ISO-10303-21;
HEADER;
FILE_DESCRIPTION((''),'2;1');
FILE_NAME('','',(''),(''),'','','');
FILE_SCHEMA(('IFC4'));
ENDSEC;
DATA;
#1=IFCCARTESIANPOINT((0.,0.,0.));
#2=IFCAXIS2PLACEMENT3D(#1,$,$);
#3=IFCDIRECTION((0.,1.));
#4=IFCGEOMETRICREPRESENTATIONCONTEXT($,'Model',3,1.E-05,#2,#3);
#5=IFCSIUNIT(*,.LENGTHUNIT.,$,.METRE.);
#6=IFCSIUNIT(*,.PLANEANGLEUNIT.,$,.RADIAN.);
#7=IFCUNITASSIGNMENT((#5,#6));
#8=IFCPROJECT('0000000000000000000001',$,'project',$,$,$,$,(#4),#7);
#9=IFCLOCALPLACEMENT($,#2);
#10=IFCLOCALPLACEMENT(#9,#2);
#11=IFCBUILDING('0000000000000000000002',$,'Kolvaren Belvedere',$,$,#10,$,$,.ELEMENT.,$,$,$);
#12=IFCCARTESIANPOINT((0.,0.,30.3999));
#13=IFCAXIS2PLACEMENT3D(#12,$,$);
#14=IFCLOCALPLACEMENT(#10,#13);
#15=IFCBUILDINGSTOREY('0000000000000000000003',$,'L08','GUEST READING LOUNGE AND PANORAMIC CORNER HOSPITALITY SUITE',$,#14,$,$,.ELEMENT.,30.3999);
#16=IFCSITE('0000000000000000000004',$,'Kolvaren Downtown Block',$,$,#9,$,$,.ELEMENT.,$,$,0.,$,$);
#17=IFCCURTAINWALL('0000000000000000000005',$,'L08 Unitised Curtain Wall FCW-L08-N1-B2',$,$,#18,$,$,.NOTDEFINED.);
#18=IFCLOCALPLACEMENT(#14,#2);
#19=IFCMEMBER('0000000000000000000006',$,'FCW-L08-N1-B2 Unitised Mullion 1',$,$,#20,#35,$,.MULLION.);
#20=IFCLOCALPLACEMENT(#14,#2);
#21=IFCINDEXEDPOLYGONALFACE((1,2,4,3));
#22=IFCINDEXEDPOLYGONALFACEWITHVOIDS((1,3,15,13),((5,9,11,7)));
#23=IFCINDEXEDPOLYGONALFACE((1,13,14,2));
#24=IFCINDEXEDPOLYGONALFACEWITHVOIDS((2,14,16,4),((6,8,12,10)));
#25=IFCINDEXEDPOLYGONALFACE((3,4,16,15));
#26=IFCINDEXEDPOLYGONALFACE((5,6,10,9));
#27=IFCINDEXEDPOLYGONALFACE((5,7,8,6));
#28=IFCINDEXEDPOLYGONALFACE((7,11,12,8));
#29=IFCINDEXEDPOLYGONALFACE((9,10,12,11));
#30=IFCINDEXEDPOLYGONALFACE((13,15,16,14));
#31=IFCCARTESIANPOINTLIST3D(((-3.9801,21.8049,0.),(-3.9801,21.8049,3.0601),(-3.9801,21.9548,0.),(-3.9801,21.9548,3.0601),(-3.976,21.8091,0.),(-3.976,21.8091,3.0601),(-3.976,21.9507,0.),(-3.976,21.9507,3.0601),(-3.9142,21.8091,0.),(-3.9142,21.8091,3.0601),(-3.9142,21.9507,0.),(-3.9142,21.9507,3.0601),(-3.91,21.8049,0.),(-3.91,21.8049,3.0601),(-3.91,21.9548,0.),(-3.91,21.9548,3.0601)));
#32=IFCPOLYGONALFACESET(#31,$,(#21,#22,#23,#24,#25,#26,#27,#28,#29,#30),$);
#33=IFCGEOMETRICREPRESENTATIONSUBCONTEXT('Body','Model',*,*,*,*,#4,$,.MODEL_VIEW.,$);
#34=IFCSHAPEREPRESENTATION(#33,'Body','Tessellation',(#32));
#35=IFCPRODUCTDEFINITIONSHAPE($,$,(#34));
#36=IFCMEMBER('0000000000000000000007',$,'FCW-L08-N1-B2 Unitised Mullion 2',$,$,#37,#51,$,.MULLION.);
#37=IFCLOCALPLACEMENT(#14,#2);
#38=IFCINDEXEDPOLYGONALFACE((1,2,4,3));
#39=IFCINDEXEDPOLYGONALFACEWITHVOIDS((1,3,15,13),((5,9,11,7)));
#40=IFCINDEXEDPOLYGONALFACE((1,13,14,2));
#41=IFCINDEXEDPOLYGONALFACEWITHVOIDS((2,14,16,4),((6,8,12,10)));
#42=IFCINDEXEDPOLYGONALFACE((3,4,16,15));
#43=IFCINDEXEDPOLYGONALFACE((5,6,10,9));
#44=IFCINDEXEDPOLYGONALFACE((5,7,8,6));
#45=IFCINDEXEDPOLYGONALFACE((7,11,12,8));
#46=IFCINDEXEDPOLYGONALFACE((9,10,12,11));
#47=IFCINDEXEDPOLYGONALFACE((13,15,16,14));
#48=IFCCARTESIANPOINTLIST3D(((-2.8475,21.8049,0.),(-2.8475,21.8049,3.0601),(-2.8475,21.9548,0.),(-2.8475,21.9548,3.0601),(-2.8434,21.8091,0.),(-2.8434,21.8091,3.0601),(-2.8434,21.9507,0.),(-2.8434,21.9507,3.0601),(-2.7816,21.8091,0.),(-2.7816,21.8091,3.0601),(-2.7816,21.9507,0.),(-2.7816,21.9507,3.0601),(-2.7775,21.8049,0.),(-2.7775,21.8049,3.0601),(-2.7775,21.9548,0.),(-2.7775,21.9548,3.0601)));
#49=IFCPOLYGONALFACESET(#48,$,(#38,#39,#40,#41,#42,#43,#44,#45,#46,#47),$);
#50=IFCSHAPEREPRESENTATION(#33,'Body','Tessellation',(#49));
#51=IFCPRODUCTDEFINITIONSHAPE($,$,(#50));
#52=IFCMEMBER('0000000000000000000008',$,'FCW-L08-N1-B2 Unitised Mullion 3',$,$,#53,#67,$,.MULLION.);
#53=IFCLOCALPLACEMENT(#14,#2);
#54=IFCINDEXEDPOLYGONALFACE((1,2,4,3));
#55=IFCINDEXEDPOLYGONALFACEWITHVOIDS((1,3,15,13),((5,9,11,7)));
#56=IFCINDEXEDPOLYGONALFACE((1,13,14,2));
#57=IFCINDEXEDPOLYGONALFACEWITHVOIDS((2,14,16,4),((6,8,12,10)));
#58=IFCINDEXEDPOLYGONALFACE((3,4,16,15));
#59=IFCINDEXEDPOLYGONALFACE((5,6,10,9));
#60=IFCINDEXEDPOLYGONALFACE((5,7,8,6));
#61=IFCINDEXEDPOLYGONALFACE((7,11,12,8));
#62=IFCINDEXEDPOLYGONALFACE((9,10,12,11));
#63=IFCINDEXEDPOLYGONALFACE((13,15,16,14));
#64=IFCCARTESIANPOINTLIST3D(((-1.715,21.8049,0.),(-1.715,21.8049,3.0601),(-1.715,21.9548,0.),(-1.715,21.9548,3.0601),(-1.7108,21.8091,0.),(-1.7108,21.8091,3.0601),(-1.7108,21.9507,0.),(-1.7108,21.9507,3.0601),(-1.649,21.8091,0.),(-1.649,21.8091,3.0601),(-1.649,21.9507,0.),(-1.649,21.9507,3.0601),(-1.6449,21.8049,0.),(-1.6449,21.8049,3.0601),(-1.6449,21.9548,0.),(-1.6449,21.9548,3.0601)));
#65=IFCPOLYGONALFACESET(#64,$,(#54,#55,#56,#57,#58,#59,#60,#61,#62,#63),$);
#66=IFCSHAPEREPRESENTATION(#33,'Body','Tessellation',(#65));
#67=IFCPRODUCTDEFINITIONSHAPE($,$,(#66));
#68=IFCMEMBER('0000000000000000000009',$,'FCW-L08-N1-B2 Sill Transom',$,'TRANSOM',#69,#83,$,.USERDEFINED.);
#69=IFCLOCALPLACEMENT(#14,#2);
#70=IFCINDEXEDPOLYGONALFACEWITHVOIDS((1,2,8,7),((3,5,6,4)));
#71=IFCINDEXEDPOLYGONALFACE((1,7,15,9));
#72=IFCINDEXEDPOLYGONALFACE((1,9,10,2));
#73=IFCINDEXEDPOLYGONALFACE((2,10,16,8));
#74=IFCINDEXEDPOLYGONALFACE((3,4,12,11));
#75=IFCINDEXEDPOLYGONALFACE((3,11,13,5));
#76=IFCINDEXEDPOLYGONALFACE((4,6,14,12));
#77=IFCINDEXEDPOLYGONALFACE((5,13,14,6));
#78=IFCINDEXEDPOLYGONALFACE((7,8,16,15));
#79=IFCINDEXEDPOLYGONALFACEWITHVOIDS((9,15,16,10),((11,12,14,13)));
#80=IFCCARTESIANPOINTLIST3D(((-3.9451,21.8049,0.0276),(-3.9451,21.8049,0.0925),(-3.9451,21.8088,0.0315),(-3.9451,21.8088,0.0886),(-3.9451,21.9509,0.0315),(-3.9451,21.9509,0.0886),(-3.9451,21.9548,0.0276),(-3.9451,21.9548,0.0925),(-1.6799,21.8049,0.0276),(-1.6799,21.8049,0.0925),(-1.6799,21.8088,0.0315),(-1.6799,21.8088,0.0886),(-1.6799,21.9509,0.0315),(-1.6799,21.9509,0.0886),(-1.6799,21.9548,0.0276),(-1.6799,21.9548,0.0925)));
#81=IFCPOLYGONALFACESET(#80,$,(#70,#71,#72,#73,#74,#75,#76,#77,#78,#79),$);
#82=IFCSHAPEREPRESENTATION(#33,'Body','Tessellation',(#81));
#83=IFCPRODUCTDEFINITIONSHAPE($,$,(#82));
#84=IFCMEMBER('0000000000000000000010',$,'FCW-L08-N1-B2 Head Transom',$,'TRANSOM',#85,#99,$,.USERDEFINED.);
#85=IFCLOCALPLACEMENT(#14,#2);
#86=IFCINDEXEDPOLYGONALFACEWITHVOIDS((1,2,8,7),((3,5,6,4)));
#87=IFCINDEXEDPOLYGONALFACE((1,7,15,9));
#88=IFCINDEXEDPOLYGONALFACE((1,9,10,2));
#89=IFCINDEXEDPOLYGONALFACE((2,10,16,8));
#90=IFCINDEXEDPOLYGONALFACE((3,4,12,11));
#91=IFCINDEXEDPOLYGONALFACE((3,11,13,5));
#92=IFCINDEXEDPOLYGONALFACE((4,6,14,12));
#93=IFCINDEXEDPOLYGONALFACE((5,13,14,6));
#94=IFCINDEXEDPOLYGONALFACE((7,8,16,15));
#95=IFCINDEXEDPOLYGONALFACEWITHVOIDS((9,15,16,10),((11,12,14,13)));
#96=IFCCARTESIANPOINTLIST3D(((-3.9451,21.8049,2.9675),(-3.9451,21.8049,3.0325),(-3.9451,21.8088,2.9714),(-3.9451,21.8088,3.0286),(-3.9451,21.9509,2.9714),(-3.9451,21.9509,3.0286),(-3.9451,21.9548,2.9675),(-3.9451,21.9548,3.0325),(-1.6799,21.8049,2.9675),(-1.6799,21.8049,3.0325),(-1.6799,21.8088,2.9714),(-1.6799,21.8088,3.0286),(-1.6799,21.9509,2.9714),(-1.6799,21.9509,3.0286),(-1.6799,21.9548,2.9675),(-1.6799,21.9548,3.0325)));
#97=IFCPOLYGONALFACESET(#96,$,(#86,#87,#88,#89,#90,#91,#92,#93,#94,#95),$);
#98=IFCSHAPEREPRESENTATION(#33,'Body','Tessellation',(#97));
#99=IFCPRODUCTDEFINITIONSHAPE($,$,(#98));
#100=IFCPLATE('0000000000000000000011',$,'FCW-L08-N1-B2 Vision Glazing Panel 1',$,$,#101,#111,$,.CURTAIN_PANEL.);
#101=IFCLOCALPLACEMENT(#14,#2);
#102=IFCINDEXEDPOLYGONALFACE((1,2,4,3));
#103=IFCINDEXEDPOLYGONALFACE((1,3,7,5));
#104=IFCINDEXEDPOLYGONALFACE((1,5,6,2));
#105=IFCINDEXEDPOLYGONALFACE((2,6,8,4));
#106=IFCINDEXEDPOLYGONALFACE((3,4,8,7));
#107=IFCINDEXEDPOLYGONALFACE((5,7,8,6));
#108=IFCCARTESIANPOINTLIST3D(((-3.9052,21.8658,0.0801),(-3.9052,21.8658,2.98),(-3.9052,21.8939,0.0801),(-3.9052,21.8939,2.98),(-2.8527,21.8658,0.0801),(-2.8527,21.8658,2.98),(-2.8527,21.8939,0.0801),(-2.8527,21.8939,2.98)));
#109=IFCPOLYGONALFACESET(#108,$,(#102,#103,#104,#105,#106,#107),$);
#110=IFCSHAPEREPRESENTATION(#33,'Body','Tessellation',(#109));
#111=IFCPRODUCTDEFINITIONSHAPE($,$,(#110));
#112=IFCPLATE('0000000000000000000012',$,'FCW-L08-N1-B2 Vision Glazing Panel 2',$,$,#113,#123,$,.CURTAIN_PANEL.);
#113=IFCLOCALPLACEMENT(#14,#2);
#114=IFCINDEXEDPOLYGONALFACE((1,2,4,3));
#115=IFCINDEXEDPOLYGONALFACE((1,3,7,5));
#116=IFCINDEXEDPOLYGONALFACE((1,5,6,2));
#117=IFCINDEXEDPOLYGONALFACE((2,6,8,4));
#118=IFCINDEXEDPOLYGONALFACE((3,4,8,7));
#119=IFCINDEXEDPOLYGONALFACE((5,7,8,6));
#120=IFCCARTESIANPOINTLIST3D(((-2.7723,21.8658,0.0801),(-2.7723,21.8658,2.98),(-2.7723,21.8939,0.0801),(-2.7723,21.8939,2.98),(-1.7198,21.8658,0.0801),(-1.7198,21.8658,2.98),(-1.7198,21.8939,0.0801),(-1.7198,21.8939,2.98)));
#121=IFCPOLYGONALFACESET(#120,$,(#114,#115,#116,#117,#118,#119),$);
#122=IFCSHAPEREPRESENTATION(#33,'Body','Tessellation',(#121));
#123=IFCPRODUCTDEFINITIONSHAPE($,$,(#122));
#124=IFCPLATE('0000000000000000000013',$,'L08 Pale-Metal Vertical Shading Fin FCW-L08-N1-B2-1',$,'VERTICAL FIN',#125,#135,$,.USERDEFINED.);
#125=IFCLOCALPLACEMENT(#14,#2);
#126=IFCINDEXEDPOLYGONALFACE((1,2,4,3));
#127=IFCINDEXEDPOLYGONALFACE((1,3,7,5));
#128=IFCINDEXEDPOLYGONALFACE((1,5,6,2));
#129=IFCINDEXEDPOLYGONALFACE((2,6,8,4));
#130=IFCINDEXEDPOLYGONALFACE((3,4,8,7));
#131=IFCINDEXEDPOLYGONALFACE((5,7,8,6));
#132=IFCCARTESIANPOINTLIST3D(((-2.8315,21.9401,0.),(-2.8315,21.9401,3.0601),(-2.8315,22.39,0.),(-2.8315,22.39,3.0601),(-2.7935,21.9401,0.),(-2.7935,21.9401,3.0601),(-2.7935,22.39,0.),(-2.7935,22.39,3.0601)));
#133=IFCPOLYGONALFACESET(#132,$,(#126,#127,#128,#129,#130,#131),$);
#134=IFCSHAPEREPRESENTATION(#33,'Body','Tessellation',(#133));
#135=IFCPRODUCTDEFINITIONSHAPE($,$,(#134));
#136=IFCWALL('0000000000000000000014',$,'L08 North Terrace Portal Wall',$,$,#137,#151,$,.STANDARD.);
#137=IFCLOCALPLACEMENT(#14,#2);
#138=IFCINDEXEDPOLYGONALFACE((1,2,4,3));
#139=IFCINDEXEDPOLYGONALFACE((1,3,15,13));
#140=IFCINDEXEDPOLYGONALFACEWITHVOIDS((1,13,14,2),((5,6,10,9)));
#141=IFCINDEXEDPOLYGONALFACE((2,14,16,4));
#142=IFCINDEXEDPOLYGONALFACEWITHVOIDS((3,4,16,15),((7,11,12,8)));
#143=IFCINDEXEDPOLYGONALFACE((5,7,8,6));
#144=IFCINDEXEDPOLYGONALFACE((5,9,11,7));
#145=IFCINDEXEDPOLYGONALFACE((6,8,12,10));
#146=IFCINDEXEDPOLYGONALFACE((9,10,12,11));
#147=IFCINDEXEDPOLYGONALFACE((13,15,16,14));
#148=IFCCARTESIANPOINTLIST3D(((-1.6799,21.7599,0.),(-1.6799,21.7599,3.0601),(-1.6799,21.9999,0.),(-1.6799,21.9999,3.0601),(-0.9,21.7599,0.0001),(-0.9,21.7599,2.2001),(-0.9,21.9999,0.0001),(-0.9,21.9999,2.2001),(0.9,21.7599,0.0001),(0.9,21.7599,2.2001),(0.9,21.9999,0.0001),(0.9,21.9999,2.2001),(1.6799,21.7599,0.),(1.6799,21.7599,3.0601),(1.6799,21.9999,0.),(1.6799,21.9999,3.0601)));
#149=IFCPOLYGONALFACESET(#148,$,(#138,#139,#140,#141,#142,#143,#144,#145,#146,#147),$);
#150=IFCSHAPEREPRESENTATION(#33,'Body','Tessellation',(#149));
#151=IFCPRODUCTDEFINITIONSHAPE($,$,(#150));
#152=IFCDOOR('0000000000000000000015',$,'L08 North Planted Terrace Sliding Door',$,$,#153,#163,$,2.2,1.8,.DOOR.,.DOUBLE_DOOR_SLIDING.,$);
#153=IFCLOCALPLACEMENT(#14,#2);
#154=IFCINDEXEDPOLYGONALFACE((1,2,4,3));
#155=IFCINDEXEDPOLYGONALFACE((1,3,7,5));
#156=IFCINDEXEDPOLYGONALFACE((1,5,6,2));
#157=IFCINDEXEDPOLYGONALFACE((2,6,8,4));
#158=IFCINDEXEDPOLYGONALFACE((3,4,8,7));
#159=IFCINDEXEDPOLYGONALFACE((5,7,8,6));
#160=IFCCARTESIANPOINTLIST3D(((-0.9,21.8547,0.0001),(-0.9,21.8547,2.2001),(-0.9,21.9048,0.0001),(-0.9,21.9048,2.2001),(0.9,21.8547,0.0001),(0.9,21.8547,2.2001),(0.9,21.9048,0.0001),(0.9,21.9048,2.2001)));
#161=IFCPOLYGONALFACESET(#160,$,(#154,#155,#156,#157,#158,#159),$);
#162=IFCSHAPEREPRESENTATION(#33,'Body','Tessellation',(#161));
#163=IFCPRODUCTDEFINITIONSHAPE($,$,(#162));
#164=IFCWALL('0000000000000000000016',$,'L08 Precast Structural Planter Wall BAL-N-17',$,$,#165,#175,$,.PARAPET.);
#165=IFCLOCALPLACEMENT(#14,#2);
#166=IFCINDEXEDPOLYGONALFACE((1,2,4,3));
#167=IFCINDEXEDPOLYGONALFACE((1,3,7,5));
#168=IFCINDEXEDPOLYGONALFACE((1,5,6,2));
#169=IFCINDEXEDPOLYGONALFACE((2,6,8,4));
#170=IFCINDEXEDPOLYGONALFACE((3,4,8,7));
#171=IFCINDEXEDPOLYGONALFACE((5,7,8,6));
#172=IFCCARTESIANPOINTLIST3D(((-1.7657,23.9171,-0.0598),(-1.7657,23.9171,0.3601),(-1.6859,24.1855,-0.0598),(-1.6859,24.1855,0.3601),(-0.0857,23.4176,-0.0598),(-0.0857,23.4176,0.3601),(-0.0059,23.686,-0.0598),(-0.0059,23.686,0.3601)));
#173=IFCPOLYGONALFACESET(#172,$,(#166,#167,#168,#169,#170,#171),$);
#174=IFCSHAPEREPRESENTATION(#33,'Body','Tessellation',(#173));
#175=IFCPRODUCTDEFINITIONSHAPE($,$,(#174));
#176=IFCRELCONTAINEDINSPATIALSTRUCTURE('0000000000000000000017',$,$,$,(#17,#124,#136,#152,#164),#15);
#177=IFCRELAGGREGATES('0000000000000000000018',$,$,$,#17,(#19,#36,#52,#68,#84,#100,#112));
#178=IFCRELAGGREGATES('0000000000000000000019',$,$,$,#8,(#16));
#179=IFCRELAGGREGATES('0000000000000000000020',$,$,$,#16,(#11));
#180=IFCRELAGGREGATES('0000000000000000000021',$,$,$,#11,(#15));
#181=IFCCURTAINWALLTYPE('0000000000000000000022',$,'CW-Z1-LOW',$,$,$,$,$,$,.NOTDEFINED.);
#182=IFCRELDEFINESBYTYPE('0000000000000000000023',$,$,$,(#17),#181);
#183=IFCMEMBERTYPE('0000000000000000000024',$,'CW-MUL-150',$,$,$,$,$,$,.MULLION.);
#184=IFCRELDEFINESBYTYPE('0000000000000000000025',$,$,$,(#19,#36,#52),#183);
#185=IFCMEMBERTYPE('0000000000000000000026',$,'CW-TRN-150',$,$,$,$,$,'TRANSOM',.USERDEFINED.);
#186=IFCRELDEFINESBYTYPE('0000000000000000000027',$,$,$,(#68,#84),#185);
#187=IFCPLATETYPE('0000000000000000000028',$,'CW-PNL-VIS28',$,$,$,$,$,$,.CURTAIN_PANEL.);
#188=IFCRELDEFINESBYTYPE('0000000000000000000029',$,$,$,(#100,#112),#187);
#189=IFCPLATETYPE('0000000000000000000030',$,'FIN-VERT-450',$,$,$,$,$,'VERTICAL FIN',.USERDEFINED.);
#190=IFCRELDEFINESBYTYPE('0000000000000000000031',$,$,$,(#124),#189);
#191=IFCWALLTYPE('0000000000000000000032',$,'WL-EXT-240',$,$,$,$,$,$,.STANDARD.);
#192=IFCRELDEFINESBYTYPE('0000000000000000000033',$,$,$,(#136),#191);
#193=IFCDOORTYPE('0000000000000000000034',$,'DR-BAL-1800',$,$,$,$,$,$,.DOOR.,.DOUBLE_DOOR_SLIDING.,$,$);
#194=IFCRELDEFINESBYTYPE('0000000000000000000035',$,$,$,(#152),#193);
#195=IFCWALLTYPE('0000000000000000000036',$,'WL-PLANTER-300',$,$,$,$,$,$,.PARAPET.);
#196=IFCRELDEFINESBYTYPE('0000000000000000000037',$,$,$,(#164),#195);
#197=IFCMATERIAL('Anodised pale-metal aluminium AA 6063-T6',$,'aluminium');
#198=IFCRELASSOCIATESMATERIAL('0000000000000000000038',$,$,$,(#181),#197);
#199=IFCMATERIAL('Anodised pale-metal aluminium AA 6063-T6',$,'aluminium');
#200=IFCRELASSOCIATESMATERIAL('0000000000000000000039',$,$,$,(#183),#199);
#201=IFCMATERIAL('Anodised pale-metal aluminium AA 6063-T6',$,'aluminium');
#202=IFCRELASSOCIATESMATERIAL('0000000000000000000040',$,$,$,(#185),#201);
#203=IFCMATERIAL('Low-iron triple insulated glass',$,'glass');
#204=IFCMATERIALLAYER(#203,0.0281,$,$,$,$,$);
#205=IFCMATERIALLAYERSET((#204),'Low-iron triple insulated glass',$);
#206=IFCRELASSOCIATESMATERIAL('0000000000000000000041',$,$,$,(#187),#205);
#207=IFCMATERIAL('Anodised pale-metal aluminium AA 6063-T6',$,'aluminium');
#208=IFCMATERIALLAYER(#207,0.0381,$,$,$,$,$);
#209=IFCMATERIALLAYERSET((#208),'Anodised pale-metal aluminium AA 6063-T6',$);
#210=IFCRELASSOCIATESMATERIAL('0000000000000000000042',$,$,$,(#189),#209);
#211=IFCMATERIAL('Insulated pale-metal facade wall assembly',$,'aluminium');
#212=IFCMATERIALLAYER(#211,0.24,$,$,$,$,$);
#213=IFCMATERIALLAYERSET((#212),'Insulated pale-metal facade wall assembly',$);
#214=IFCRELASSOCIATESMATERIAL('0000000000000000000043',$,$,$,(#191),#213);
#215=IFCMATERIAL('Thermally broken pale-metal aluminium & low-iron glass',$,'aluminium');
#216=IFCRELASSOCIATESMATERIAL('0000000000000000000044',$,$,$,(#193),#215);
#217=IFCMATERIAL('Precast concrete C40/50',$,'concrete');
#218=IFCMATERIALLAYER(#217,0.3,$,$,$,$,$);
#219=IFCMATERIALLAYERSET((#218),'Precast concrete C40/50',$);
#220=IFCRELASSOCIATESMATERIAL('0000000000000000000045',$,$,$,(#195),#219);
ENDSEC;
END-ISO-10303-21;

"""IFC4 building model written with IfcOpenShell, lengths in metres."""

from ifc_helpers import new_model, si_unit, direction, frame, frame_2d, origin, origin_2d, place, context, subcontext, project, spatial, rectangle, hollow_rectangle, extrude, material, layer, layer_set, material_profile, profile_set, type_object, element, fill, aggregate, save


model = new_model("IFC4")

# Units and contexts
model_context = context("Model", 3, precision=1e-05, world=origin(), true_north=direction((0.0, 1.0)))
body_context = subcontext(model_context, "Body", "Model", "MODEL_VIEW")
ifc_project = project(units=[si_unit("LENGTHUNIT", "METRE"), si_unit("PLANEANGLEUNIT", "RADIAN")], contexts=[model_context])

# Site, building, storey
site_placement = place(None, origin())
site = spatial("IfcSite", under=ifc_project, at=site_placement, Name="Kolvaren Downtown Block", CompositionType="ELEMENT", RefElevation=0.0)
building_placement = place(site_placement, origin())
building = spatial("IfcBuilding", under=site, at=building_placement, Name="Kolvaren Belvedere", CompositionType="ELEMENT")
storey_placement = place(building_placement, frame((0.0, 0.0, 30.3999)))
storey = spatial("IfcBuildingStorey", under=building, at=storey_placement, Name="L08", Description="GUEST READING LOUNGE AND PANORAMIC CORNER HOSPITALITY SUITE", CompositionType="ELEMENT", Elevation=30.3999)

# Shared definitions
ifc_material_1 = material(Name="Anodised pale-metal aluminium AA 6063-T6", Category="aluminium")
curtain_wall_type = type_object("IfcCurtainWallType", Name="CW-Z1-LOW", PredefinedType="NOTDEFINED", material=ifc_material_1)
ifc_material_2 = material(Name="Anodised pale-metal aluminium AA 6063-T6", Category="aluminium")
ifc_material_profile_1 = material_profile(ifc_material_2, hollow_rectangle(XDim=0.0701, YDim=0.1499, WallThickness=0.0042, at=origin_2d()), Name="ALU-MUL-150X70")
ifc_profile_set_1 = profile_set([ifc_material_profile_1], Name="Anodised pale-metal aluminium AA 6063-T6")
member_type_1 = type_object("IfcMemberType", Name="CW-MUL-150", PredefinedType="MULLION", material=ifc_profile_set_1)

# Curtain wall, members, plates
curtain_wall_1_placement = place(storey_placement, origin())
curtain_wall_1 = element("IfcCurtainWall", 1, at=curtain_wall_1_placement, inside=storey, type_object=curtain_wall_type, Name="L08 Unitised Curtain Wall FCW-L08-N1-B2", PredefinedType="NOTDEFINED")
member_1_placement = place(storey_placement, frame((-3.9451, 21.8799, 0.0), z_axis=(0.0, 0.0, 1.0), x_axis=(1.0, 0.0, 0.0)))
member_1 = element("IfcMember", 2, at=member_1_placement, type_object=member_type_1, Name="FCW-L08-N1-B2 Unitised Mullion 1", PredefinedType="MULLION", context=body_context, shape_type="SweptSolid", body=[
    extrude(hollow_rectangle(XDim=0.0701, YDim=0.1499, WallThickness=0.0042, at=origin_2d()), origin(), (0.0, 0.0, 1.0), 3.0601),
])
member_2_placement = place(storey_placement, frame((-2.8125, 21.8799, 0.0), z_axis=(0.0, 0.0, 1.0), x_axis=(1.0, 0.0, 0.0)))
member_2 = element("IfcMember", 3, at=member_2_placement, type_object=member_type_1, Name="FCW-L08-N1-B2 Unitised Mullion 2", PredefinedType="MULLION", context=body_context, shape_type="SweptSolid", body=[
    extrude(hollow_rectangle(XDim=0.0701, YDim=0.1499, WallThickness=0.0042, at=origin_2d()), origin(), (0.0, 0.0, 1.0), 3.0601),
])
member_3_placement = place(storey_placement, frame((-1.6799, 21.8799, 0.0), z_axis=(0.0, 0.0, 1.0), x_axis=(1.0, 0.0, 0.0)))
member_3 = element("IfcMember", 4, at=member_3_placement, type_object=member_type_1, Name="FCW-L08-N1-B2 Unitised Mullion 3", PredefinedType="MULLION", context=body_context, shape_type="SweptSolid", body=[
    extrude(hollow_rectangle(XDim=0.0701, YDim=0.1499, WallThickness=0.0042, at=origin_2d()), origin(), (0.0, 0.0, 1.0), 3.0601),
])
ifc_material_3 = material(Name="Anodised pale-metal aluminium AA 6063-T6", Category="aluminium")
ifc_material_profile_2 = material_profile(ifc_material_3, hollow_rectangle(XDim=0.0649, YDim=0.1499, WallThickness=0.0039, at=origin_2d()), Name="ALU-TRN-150X65")
ifc_profile_set_2 = profile_set([ifc_material_profile_2], Name="Anodised pale-metal aluminium AA 6063-T6")
member_type_2 = type_object("IfcMemberType", Name="CW-TRN-150", ElementType="TRANSOM", PredefinedType="USERDEFINED", material=ifc_profile_set_2)
member_4_placement = place(storey_placement, frame((-3.9451, 21.8799, 0.0601), z_axis=(1.0, 0.0, 0.0), x_axis=(0.0, 0.0, 1.0)))
member_4 = element("IfcMember", 5, at=member_4_placement, type_object=member_type_2, Name="FCW-L08-N1-B2 Sill Transom", ObjectType="TRANSOM", PredefinedType="USERDEFINED", context=body_context, shape_type="SweptSolid", body=[
    extrude(hollow_rectangle(XDim=0.0649, YDim=0.1499, WallThickness=0.0039, at=origin_2d()), origin(), (0.0, 0.0, 1.0), 2.2651),
])
member_5_placement = place(storey_placement, frame((-3.9451, 21.8799, 3.0), z_axis=(1.0, 0.0, 0.0), x_axis=(0.0, 0.0, 1.0)))
member_5 = element("IfcMember", 6, at=member_5_placement, type_object=member_type_2, Name="FCW-L08-N1-B2 Head Transom", ObjectType="TRANSOM", PredefinedType="USERDEFINED", context=body_context, shape_type="SweptSolid", body=[
    extrude(hollow_rectangle(XDim=0.0649, YDim=0.1499, WallThickness=0.0039, at=origin_2d()), origin(), (0.0, 0.0, 1.0), 2.2651),
])
ifc_material_4 = material(Name="Low-iron triple insulated glass", Category="glass")
ifc_layer_1 = layer(ifc_material_4, 0.0281)
ifc_layer_set_1 = layer_set([ifc_layer_1], Name="Low-iron triple insulated glass")
plate_type_1 = type_object("IfcPlateType", Name="CW-PNL-VIS28", PredefinedType="CURTAIN_PANEL", material=ifc_layer_set_1)
plate_1_placement = place(storey_placement, frame((-3.3789, 21.8799, 0.0801), z_axis=(0.0, 0.0, 1.0), x_axis=(1.0, 0.0, 0.0)))
plate_1 = element("IfcPlate", 7, at=plate_1_placement, type_object=plate_type_1, Name="FCW-L08-N1-B2 Vision Glazing Panel 1", PredefinedType="CURTAIN_PANEL", context=body_context, shape_type="SweptSolid", body=[
    extrude(rectangle(XDim=1.0525, YDim=0.0281, at=origin_2d()), origin(), (0.0, 0.0, 1.0), 2.8999),
])
plate_2_placement = place(storey_placement, frame((-2.2461, 21.8799, 0.0801), z_axis=(0.0, 0.0, 1.0), x_axis=(1.0, 0.0, 0.0)))
plate_2 = element("IfcPlate", 8, at=plate_2_placement, type_object=plate_type_1, Name="FCW-L08-N1-B2 Vision Glazing Panel 2", PredefinedType="CURTAIN_PANEL", context=body_context, shape_type="SweptSolid", body=[
    extrude(rectangle(XDim=1.0525, YDim=0.0281, at=origin_2d()), origin(), (0.0, 0.0, 1.0), 2.8999),
])
aggregate(curtain_wall_1, [member_1, member_2, member_3, member_4, member_5, plate_1, plate_2])

# Plate
ifc_material_5 = material(Name="Anodised pale-metal aluminium AA 6063-T6", Category="aluminium")
ifc_layer_2 = layer(ifc_material_5, 0.0381)
ifc_layer_set_2 = layer_set([ifc_layer_2], Name="Anodised pale-metal aluminium AA 6063-T6")
plate_type_2 = type_object("IfcPlateType", Name="FIN-VERT-450", ElementType="VERTICAL FIN", PredefinedType="USERDEFINED", material=ifc_layer_set_2)
plate_3_placement = place(storey_placement, frame((-2.8125, 22.165, 0.0), z_axis=(0.0, 0.0, 1.0), x_axis=(0.0, 1.0, 0.0)))
element("IfcPlate", 9, at=plate_3_placement, inside=storey, type_object=plate_type_2, Name="L08 Pale-Metal Vertical Shading Fin FCW-L08-N1-B2-1", ObjectType="VERTICAL FIN", PredefinedType="USERDEFINED", context=body_context, shape_type="SweptSolid", body=[
    extrude(rectangle(XDim=0.45, YDim=0.0381, at=origin_2d()), origin(), (0.0, 0.0, 1.0), 3.0601),
])

# Wall, opening, door
ifc_material_6 = material(Name="Insulated pale-metal facade wall assembly", Category="aluminium")
ifc_layer_3 = layer(ifc_material_6, 0.24)
ifc_layer_set_3 = layer_set([ifc_layer_3], Name="Insulated pale-metal facade wall assembly")
wall_type_1 = type_object("IfcWallType", Name="WL-EXT-240", PredefinedType="STANDARD", material=ifc_layer_set_3)
wall_1_placement = place(storey_placement, frame((-1.6799, 21.8799, 0.0), z_axis=(0.0, 0.0, 1.0), x_axis=(1.0, 0.0, 0.0)))
wall_1 = element("IfcWall", 10, at=wall_1_placement, inside=storey, type_object=wall_type_1, Name="L08 North Terrace Portal Wall", PredefinedType="STANDARD", context=body_context, shape_type="SweptSolid", body=[
    extrude(rectangle(XDim=3.3599, YDim=0.24, at=frame_2d((1.6799, 0.0))), origin(), (0.0, 0.0, 1.0), 3.0601),
])
opening_placement = place(wall_1_placement, frame((0.78, 0.0, 0.0)))
opening = element("IfcOpeningElement", 11, at=opening_placement, cuts=wall_1, PredefinedType="OPENING", context=body_context, shape_type="SweptSolid", body=[
    extrude(rectangle(XDim=1.8, YDim=2.2, at=frame_2d((0.8999, 1.1001))), frame((0.0, 0.1299, 0.0), z_axis=(0.0, -1.0, 0.0), x_axis=(1.0, 0.0, 0.0)), (0.0, 0.0, 1.0), 0.26),
])
ifc_material_7 = material(Name="Thermally broken pale-metal aluminium & low-iron glass", Category="aluminium")
door_type = type_object("IfcDoorType", Name="DR-BAL-1800", OperationType="DOUBLE_DOOR_SLIDING", PredefinedType="DOOR", material=ifc_material_7)
door_placement = place(opening_placement, origin())
door = element("IfcDoor", 12, at=door_placement, inside=storey, type_object=door_type, Name="L08 North Planted Terrace Sliding Door", OperationType="DOUBLE_DOOR_SLIDING", OverallHeight=2.2, OverallWidth=1.8, PredefinedType="DOOR", context=body_context, shape_type="SweptSolid", body=[
    extrude(rectangle(XDim=1.8, YDim=2.2, at=frame_2d((0.8999, 1.1001))), frame((0.0, 0.0249, 0.0), z_axis=(0.0, -1.0, 0.0), x_axis=(1.0, 0.0, 0.0)), (0.0, 0.0, 1.0), 0.05),
])
fill(opening, door)

# Wall
ifc_material_8 = material(Name="Precast concrete C40/50", Category="concrete")
ifc_layer_4 = layer(ifc_material_8, 0.3)
ifc_layer_set_4 = layer_set([ifc_layer_4], Name="Precast concrete C40/50")
wall_type_2 = type_object("IfcWallType", Name="WL-PLANTER-300", PredefinedType="PARAPET", material=ifc_layer_set_4)
wall_2_placement = place(storey_placement, frame((-0.0457, 23.5518, -0.0598), z_axis=(0.0, 0.0, 1.0), x_axis=(-0.958525, 0.285008, 0.0)))
element("IfcWall", 13, at=wall_2_placement, inside=storey, type_object=wall_type_2, Name="L08 Precast Structural Planter Wall BAL-N-17", PredefinedType="PARAPET", context=body_context, shape_type="SweptSolid", body=[
    extrude(rectangle(XDim=1.7527, YDim=0.28, at=frame_2d((0.8765, 0.0))), origin(), (0.0, 0.0, 1.0), 0.4199),
])

save(model, "model.ifc")
